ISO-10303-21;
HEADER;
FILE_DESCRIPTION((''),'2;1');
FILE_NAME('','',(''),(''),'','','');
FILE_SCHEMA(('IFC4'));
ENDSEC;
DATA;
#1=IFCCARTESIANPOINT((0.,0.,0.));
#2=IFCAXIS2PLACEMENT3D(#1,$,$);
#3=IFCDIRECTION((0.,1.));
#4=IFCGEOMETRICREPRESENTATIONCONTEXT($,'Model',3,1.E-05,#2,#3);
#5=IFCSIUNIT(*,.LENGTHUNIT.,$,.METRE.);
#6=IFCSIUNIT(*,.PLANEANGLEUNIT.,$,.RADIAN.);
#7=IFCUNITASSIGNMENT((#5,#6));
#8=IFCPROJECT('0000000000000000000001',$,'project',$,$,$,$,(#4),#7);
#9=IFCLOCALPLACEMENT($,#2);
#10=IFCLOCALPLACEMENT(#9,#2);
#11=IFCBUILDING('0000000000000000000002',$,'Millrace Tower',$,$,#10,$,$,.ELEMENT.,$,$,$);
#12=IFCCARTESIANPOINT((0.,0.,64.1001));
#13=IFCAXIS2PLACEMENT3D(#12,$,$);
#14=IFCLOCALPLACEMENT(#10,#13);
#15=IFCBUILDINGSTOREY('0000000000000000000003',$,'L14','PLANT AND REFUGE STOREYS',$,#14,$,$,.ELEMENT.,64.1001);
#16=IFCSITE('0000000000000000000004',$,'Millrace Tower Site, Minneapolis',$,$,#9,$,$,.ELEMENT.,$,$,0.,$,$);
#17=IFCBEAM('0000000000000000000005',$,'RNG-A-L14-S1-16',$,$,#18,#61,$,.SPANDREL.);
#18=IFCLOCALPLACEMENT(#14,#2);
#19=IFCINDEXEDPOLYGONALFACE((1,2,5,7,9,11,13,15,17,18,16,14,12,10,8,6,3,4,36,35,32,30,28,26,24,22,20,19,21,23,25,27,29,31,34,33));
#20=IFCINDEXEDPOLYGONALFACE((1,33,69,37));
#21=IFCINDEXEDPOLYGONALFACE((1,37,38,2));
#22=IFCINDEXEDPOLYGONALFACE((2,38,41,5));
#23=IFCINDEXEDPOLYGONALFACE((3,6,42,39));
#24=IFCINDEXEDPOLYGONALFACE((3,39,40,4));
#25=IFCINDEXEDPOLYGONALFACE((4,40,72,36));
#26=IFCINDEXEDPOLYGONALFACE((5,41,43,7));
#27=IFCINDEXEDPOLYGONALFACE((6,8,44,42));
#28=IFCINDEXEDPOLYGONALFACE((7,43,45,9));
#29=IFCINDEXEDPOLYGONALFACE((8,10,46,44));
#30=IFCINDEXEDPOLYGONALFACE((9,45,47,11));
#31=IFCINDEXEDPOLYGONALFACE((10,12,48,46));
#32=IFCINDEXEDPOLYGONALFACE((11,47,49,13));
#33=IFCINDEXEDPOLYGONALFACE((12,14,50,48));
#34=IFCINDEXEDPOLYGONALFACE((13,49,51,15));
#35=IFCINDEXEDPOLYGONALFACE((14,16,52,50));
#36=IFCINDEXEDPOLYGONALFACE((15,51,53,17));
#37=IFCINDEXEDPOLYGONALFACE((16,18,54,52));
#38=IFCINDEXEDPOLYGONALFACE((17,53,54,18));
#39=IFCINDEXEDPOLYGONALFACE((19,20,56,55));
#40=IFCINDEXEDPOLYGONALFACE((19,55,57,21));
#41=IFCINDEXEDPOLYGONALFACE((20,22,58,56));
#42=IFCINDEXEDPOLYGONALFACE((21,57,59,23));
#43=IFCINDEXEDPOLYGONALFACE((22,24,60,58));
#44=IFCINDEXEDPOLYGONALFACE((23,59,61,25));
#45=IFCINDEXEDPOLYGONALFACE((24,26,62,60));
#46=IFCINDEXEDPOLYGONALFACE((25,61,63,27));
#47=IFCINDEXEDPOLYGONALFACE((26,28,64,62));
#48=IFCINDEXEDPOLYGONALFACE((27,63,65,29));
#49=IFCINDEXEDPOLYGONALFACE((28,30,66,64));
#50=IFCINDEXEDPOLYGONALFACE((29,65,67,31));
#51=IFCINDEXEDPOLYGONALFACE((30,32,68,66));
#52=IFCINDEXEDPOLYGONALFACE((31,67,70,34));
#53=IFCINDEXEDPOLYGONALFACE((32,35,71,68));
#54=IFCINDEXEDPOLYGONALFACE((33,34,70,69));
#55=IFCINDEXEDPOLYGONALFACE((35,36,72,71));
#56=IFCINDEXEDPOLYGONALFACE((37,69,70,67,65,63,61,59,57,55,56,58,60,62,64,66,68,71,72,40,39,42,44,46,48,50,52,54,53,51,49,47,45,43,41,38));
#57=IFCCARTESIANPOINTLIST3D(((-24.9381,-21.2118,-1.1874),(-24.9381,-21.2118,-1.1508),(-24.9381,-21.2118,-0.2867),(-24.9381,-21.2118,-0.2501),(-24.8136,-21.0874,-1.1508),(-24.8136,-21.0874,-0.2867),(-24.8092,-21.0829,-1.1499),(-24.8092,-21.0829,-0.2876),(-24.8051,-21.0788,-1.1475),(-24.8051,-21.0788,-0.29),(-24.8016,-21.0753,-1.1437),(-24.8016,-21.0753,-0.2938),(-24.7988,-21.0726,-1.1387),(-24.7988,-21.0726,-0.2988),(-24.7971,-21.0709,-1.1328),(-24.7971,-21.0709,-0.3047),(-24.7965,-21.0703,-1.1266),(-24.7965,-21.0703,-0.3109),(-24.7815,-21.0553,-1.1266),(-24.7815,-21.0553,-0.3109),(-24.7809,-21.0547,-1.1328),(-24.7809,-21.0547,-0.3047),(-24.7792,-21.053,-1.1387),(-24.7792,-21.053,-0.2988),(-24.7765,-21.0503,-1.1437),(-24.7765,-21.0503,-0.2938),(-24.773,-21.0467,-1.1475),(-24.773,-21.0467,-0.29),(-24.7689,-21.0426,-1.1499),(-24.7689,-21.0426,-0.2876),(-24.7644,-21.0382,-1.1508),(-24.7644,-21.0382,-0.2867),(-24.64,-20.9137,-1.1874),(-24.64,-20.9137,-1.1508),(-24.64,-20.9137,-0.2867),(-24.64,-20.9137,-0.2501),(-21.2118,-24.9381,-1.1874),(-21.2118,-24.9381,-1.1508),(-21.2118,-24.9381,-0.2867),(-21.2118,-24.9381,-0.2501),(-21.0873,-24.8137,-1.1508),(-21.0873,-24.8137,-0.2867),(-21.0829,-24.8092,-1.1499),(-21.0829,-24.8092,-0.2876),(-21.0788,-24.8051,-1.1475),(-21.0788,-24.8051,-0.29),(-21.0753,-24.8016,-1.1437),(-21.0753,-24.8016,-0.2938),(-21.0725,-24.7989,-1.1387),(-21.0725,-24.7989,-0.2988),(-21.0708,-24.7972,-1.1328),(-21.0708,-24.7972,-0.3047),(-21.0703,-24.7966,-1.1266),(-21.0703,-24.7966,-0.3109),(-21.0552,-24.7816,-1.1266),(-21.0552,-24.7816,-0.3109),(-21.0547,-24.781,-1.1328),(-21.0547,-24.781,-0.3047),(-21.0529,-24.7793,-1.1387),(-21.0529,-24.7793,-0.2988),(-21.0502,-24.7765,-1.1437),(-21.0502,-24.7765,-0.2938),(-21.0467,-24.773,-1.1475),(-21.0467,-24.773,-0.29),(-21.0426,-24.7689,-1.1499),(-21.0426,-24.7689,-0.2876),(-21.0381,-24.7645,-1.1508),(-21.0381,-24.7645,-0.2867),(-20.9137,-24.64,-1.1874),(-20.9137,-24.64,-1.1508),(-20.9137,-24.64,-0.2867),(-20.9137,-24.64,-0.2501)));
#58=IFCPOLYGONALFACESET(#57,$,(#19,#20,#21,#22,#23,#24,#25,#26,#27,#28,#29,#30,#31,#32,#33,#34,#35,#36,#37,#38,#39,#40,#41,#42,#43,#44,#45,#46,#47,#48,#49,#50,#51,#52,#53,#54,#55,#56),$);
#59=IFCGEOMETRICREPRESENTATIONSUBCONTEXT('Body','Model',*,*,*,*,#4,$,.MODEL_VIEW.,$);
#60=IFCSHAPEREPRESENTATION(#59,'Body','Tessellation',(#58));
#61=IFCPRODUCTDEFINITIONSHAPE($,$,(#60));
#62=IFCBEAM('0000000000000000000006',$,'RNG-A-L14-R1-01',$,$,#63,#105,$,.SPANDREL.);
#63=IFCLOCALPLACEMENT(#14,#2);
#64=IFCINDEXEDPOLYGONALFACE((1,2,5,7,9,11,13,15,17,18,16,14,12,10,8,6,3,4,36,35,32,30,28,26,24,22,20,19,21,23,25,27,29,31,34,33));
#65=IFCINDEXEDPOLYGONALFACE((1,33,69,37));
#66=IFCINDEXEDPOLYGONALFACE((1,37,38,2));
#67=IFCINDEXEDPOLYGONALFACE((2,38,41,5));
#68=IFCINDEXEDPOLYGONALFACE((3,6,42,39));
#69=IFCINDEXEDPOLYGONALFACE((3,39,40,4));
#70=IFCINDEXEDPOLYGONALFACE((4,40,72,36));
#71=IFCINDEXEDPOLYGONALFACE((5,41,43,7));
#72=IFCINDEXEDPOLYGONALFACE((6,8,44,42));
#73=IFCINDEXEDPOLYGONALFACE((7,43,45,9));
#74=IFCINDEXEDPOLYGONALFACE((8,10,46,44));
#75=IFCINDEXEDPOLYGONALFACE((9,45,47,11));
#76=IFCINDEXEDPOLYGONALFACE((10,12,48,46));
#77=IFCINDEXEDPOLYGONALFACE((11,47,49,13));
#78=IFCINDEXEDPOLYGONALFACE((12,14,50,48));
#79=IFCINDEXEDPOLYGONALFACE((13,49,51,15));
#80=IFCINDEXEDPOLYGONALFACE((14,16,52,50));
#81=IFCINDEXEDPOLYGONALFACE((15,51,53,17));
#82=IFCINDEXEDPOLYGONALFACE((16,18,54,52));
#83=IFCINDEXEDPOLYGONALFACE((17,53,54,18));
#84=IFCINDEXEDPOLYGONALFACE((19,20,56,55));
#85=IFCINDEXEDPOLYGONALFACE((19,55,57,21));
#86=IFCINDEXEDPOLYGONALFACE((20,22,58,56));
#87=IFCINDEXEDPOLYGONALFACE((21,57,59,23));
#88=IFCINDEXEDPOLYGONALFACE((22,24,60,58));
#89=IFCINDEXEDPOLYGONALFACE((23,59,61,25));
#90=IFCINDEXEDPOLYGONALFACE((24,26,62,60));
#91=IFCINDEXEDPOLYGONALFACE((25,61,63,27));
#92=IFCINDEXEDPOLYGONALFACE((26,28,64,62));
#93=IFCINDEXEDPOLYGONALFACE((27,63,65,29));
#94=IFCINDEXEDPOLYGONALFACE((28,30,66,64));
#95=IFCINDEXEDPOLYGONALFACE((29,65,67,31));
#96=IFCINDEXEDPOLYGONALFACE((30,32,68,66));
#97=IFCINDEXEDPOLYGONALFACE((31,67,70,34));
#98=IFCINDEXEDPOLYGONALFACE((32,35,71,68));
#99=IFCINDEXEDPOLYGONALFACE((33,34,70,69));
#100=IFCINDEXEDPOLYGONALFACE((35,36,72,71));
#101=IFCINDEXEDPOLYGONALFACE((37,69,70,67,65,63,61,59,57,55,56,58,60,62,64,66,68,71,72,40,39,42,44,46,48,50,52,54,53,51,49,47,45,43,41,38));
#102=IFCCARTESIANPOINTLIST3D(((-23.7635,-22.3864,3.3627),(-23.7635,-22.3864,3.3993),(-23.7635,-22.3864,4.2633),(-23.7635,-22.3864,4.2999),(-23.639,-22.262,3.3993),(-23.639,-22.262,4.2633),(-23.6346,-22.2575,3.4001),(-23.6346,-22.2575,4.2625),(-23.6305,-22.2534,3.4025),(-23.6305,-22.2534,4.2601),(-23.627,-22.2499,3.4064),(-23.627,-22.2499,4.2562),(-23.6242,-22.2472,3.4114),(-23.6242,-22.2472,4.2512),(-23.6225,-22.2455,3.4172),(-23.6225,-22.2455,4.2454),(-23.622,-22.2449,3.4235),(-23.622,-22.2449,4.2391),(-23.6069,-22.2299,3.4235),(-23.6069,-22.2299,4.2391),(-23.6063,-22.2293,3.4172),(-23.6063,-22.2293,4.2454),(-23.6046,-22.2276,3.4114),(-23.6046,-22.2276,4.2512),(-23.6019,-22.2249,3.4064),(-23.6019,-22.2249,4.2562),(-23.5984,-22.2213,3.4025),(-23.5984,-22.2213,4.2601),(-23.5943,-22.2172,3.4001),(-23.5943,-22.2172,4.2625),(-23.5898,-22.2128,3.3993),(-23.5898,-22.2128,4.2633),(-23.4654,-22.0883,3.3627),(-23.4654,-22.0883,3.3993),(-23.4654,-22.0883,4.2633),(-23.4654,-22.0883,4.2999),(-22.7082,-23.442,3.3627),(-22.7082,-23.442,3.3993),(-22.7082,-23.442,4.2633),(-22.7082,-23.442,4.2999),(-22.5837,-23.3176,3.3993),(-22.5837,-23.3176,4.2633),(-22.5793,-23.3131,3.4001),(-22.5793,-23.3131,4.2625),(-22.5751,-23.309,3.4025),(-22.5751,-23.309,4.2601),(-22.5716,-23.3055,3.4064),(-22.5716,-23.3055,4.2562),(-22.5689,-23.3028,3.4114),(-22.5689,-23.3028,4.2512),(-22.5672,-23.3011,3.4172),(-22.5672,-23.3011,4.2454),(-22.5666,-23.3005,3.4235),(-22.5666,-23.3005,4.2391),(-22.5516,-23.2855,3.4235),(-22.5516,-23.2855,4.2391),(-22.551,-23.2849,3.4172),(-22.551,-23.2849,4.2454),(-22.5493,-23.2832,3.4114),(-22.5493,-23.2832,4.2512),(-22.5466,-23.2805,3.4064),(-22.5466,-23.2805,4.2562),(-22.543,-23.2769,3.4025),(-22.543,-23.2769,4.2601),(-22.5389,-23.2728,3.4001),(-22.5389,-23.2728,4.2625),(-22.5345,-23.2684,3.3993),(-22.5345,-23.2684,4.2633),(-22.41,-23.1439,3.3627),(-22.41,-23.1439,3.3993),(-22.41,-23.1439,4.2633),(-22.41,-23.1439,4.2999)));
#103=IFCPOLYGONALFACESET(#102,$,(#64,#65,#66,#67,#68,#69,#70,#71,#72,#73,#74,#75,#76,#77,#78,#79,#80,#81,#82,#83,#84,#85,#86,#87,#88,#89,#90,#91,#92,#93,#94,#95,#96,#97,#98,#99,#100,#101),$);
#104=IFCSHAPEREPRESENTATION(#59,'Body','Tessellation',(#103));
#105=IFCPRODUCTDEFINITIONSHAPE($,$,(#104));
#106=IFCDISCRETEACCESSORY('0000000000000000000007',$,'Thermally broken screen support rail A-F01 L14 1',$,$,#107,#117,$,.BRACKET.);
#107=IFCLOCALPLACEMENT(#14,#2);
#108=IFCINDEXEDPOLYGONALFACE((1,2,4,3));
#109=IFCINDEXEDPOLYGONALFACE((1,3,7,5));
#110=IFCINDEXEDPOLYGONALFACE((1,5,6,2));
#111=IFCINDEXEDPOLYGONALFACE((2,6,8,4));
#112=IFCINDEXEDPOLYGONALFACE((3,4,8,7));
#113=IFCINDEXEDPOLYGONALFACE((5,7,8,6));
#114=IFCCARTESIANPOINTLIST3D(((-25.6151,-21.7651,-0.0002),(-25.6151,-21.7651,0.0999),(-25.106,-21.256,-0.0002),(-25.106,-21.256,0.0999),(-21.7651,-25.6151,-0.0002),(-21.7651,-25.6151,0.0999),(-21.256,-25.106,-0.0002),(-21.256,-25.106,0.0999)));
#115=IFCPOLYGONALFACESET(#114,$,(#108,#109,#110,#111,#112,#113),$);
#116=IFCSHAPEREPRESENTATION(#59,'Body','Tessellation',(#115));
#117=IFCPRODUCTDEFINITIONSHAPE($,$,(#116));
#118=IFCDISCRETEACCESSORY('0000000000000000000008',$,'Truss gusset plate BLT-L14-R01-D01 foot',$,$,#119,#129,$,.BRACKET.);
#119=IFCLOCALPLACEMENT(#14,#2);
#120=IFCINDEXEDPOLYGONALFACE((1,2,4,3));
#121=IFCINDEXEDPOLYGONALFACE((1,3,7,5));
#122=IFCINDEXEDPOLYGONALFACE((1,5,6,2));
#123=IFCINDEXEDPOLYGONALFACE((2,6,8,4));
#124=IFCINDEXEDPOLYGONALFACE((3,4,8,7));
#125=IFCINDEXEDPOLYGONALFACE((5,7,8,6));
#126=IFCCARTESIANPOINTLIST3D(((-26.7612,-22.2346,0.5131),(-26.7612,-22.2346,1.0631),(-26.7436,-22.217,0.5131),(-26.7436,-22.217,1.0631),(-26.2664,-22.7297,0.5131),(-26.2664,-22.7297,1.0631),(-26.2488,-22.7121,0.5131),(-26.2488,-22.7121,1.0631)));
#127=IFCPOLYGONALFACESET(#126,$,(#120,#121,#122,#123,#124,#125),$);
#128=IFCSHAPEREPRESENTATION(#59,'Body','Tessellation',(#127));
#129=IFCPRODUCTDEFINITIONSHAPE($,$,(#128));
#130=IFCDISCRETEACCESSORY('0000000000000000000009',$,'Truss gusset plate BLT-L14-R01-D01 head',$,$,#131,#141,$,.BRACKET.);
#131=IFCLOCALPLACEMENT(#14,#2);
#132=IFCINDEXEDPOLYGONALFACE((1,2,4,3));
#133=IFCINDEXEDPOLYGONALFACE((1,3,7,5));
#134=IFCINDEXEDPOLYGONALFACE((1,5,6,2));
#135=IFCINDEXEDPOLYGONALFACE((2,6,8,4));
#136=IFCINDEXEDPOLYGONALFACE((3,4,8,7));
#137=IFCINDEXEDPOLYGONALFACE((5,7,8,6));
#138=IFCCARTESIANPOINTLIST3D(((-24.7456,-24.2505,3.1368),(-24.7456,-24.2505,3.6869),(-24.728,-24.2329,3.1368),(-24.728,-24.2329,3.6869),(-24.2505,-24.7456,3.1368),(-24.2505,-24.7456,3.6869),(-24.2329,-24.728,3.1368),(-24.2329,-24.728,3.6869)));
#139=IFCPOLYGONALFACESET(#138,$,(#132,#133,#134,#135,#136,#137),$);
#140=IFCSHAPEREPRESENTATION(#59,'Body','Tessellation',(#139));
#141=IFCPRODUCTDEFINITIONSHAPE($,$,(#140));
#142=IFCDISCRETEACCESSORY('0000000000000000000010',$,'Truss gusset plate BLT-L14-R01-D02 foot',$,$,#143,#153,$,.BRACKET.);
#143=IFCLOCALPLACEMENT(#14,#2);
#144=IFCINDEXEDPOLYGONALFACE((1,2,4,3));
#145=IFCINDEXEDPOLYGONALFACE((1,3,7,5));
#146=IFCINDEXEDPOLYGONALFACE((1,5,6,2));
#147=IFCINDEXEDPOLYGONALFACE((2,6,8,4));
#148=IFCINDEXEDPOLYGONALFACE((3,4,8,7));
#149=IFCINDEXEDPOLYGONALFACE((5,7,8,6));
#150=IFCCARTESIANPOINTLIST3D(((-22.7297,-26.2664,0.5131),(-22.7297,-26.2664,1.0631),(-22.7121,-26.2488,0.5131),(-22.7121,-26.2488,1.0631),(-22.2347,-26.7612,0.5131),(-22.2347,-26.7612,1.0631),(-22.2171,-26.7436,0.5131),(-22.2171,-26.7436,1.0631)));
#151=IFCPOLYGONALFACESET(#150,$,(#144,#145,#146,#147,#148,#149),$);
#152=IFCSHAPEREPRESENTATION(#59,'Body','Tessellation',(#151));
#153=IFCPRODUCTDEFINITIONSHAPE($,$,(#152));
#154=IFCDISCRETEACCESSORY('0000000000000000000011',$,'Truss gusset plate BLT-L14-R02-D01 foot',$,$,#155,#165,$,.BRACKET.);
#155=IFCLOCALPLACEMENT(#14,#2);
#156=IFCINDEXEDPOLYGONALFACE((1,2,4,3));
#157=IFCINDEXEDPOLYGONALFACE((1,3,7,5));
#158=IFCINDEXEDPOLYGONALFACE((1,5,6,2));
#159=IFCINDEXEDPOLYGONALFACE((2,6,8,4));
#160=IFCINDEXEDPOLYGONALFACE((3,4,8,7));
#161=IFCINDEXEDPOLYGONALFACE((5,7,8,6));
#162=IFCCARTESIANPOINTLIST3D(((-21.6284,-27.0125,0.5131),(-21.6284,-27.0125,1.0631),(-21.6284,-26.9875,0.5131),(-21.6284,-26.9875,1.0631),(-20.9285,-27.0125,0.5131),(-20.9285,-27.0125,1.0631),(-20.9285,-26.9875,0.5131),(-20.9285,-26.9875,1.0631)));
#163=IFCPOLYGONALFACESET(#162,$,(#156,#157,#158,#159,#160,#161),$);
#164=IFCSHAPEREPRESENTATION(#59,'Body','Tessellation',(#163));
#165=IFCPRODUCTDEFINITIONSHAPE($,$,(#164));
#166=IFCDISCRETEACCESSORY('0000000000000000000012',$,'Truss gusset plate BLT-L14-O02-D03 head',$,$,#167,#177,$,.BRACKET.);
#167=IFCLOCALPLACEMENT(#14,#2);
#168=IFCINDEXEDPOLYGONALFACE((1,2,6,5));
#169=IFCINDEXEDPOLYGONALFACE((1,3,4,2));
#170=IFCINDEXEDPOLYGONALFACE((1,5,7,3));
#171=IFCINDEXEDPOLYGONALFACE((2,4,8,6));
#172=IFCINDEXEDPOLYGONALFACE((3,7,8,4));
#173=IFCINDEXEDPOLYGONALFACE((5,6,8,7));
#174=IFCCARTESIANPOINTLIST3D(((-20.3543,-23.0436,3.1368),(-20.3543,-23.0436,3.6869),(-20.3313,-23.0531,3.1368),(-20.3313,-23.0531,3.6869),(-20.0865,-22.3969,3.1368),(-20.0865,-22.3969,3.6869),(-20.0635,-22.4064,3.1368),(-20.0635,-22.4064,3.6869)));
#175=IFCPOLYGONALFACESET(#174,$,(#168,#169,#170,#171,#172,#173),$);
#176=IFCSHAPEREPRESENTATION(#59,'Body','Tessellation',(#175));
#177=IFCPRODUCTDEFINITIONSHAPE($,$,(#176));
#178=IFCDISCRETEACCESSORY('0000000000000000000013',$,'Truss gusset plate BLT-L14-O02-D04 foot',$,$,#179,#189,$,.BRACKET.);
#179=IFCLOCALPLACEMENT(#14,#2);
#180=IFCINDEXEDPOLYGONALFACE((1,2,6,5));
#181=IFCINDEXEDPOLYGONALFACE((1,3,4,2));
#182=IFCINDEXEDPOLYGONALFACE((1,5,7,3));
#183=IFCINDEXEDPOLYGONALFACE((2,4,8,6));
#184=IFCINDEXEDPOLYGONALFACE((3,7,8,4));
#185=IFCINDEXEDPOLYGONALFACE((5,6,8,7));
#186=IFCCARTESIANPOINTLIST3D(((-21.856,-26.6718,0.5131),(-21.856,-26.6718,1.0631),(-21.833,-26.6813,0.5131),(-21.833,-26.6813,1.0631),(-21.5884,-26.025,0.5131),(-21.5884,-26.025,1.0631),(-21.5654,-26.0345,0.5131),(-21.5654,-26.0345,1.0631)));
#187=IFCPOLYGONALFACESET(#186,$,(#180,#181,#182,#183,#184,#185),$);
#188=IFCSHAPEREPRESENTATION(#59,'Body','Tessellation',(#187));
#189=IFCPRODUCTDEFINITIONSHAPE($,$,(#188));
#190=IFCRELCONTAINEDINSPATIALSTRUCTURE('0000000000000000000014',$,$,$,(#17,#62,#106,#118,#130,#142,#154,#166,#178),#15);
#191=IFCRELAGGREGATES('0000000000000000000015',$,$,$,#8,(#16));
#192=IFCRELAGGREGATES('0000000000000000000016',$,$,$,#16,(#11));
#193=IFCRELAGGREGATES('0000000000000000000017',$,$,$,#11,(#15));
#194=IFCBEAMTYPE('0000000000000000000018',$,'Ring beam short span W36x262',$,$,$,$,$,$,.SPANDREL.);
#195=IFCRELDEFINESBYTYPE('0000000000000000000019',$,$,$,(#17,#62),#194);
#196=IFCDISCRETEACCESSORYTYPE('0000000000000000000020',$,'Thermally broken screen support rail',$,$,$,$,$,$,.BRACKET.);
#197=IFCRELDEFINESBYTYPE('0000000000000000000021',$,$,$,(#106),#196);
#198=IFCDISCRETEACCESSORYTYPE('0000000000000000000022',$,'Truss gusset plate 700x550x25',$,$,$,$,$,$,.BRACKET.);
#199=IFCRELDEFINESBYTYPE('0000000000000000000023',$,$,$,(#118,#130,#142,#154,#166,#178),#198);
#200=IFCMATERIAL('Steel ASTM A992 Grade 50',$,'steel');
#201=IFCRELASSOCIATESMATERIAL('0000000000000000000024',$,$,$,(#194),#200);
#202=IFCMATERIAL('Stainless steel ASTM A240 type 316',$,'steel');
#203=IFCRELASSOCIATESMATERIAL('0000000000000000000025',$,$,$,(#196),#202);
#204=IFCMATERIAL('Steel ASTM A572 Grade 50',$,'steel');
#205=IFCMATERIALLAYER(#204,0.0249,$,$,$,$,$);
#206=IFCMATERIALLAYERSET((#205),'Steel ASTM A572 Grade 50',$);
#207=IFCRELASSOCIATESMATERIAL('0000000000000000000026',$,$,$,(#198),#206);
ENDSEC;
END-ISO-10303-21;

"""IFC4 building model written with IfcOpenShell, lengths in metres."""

from ifc_helpers import new_model, si_unit, direction, frame, origin, origin_2d, place, context, subcontext, project, spatial, rectangle, i_section, extrude, material, layer, layer_set, material_profile, profile_set, type_object, element, save


model = new_model("IFC4")

# Units and contexts
model_context = context("Model", 3, precision=1e-05, world=origin(), true_north=direction((0.0, 1.0)))
body_context = subcontext(model_context, "Body", "Model", "MODEL_VIEW")
ifc_project = project(units=[si_unit("LENGTHUNIT", "METRE"), si_unit("PLANEANGLEUNIT", "RADIAN")], contexts=[model_context])

# Site, building, storey
site_placement = place(None, origin())
site = spatial("IfcSite", under=ifc_project, at=site_placement, Name="Millrace Tower Site, Minneapolis", CompositionType="ELEMENT", RefElevation=0.0)
building_placement = place(site_placement, origin())
building = spatial("IfcBuilding", under=site, at=building_placement, Name="Millrace Tower", CompositionType="ELEMENT")
storey_placement = place(building_placement, frame((0.0, 0.0, 64.1001)))
storey = spatial("IfcBuildingStorey", under=building, at=storey_placement, Name="L14", Description="PLANT AND REFUGE STOREYS", CompositionType="ELEMENT", Elevation=64.1001)

# Beams
ifc_material_1 = material(Name="Steel ASTM A992 Grade 50", Category="steel")
ifc_material_profile_1 = material_profile(ifc_material_1, i_section(OverallWidth=0.4216, OverallDepth=0.9373, WebThickness=0.0212, FlangeThickness=0.0366, FilletRadius=0.0242, at=origin_2d()))
ifc_profile_set_1 = profile_set([ifc_material_profile_1], Name="Steel ASTM A992 Grade 50")
beam_type_1 = type_object("IfcBeamType", Name="Ring beam short span W36x262", PredefinedType="SPANDREL", material=ifc_profile_set_1)
beam_1_placement = place(storey_placement, frame((-21.0627, -24.7891, -0.7188), z_axis=(-0.707107, 0.707107, 0.0), x_axis=(-0.707107, -0.707107, 0.0)))
element("IfcBeam", 1, at=beam_1_placement, inside=storey, type_object=beam_type_1, Name="RNG-A-L14-S1-16", PredefinedType="SPANDREL", context=body_context, shape_type="SweptSolid", body=[
    extrude(i_section(OverallWidth=0.4216, OverallDepth=0.9373, WebThickness=0.0212, FlangeThickness=0.0366, FilletRadius=0.0242, at=origin_2d()), origin(), (0.0, 0.0, 1.0), 5.2698),
])
beam_2_placement = place(storey_placement, frame((-22.5591, -23.293, 3.8313), z_axis=(-0.707025, 0.707189, 0.0), x_axis=(-0.707189, -0.707025, 0.0)))
element("IfcBeam", 2, at=beam_2_placement, inside=storey, type_object=beam_type_1, Name="RNG-A-L14-R1-01", PredefinedType="SPANDREL", context=body_context, shape_type="SweptSolid", body=[
    extrude(i_section(OverallWidth=0.4216, OverallDepth=0.9373, WebThickness=0.0212, FlangeThickness=0.0366, FilletRadius=0.0242, at=origin_2d()), origin(), (0.0, 0.0, 1.0), 1.4927),
])

# Discrete accessories
ifc_material_2 = material(Name="Stainless steel ASTM A240 type 316", Category="steel")
discrete_accessory_type_1 = type_object("IfcDiscreteAccessoryType", Name="Thermally broken screen support rail", PredefinedType="BRACKET", material=ifc_material_2)
discrete_accessory_1_placement = place(storey_placement, frame((-23.4355, -23.4355, -0.0002), z_axis=(0.0, 0.0, 1.0), x_axis=(0.707107, -0.707107, 0.0)))
element("IfcDiscreteAccessory", 3, at=discrete_accessory_1_placement, inside=storey, type_object=discrete_accessory_type_1, Name="Thermally broken screen support rail A-F01 L14 1", PredefinedType="BRACKET", context=body_context, shape_type="SweptSolid", body=[
    extrude(rectangle(XDim=5.4448, YDim=0.72, at=origin_2d()), origin(), (0.0, 0.0, 1.0), 0.1001),
])
ifc_material_3 = material(Name="Steel ASTM A572 Grade 50", Category="steel")
ifc_layer_1 = layer(ifc_material_3, 0.0249)
ifc_layer_set_1 = layer_set([ifc_layer_1], Name="Steel ASTM A572 Grade 50")
discrete_accessory_type_2 = type_object("IfcDiscreteAccessoryType", Name="Truss gusset plate 700x550x25", PredefinedType="BRACKET", material=ifc_layer_set_1)
discrete_accessory_2_placement = place(storey_placement, frame((-26.7524, -22.2258, 0.7881), z_axis=(0.706932, -0.707281, 0.0), x_axis=(0.707281, 0.706932, 0.0)))
element("IfcDiscreteAccessory", 4, at=discrete_accessory_2_placement, inside=storey, type_object=discrete_accessory_type_2, Name="Truss gusset plate BLT-L14-R01-D01 foot", PredefinedType="BRACKET", context=body_context, shape_type="SweptSolid", body=[
    extrude(rectangle(XDim=0.0249, YDim=0.55, at=origin_2d()), origin(), (0.0, 0.0, 1.0), 0.7),
])
discrete_accessory_3_placement = place(storey_placement, frame((-24.7368, -24.2417, 3.4119), z_axis=(0.707107, -0.707107, 0.0), x_axis=(0.707107, 0.707107, 0.0)))
element("IfcDiscreteAccessory", 5, at=discrete_accessory_3_placement, inside=storey, type_object=discrete_accessory_type_2, Name="Truss gusset plate BLT-L14-R01-D01 head", PredefinedType="BRACKET", context=body_context, shape_type="SweptSolid", body=[
    extrude(rectangle(XDim=0.0249, YDim=0.55, at=origin_2d()), origin(), (0.0, 0.0, 1.0), 0.7002),
])
for number, where, z_axis, x_axis, name in (
    (6, (-22.7209, -26.2576, 0.7881), (0.707281, -0.706932, 0.0), (0.706932, 0.707281, 0.0), "Truss gusset plate BLT-L14-R01-D02 foot"),
    (7, (-21.6284, -27.0, 0.7881), (1.0, 0.0, 0.0), (0.0, 1.0, 0.0), "Truss gusset plate BLT-L14-R02-D01 foot"),
    (8, (-20.3428, -23.0483, 3.4119), (0.382608, 0.923911, 0.0), (-0.923911, 0.382608, 0.0), "Truss gusset plate BLT-L14-O02-D03 head"),
    (9, (-21.8445, -26.6765, 0.7881), (0.382311, 0.924034, 0.0), (-0.924034, 0.382311, 0.0), "Truss gusset plate BLT-L14-O02-D04 foot"),
):
    element("IfcDiscreteAccessory", number, at=place(storey_placement, frame(where, z_axis=z_axis, x_axis=x_axis)), inside=storey, type_object=discrete_accessory_type_2, Name=name, PredefinedType="BRACKET", context=body_context, shape_type="SweptSolid", body=[
        extrude(rectangle(XDim=0.0249, YDim=0.55, at=origin_2d()), origin(), (0.0, 0.0, 1.0), 0.7),
    ])

save(model, "model.ifc")
